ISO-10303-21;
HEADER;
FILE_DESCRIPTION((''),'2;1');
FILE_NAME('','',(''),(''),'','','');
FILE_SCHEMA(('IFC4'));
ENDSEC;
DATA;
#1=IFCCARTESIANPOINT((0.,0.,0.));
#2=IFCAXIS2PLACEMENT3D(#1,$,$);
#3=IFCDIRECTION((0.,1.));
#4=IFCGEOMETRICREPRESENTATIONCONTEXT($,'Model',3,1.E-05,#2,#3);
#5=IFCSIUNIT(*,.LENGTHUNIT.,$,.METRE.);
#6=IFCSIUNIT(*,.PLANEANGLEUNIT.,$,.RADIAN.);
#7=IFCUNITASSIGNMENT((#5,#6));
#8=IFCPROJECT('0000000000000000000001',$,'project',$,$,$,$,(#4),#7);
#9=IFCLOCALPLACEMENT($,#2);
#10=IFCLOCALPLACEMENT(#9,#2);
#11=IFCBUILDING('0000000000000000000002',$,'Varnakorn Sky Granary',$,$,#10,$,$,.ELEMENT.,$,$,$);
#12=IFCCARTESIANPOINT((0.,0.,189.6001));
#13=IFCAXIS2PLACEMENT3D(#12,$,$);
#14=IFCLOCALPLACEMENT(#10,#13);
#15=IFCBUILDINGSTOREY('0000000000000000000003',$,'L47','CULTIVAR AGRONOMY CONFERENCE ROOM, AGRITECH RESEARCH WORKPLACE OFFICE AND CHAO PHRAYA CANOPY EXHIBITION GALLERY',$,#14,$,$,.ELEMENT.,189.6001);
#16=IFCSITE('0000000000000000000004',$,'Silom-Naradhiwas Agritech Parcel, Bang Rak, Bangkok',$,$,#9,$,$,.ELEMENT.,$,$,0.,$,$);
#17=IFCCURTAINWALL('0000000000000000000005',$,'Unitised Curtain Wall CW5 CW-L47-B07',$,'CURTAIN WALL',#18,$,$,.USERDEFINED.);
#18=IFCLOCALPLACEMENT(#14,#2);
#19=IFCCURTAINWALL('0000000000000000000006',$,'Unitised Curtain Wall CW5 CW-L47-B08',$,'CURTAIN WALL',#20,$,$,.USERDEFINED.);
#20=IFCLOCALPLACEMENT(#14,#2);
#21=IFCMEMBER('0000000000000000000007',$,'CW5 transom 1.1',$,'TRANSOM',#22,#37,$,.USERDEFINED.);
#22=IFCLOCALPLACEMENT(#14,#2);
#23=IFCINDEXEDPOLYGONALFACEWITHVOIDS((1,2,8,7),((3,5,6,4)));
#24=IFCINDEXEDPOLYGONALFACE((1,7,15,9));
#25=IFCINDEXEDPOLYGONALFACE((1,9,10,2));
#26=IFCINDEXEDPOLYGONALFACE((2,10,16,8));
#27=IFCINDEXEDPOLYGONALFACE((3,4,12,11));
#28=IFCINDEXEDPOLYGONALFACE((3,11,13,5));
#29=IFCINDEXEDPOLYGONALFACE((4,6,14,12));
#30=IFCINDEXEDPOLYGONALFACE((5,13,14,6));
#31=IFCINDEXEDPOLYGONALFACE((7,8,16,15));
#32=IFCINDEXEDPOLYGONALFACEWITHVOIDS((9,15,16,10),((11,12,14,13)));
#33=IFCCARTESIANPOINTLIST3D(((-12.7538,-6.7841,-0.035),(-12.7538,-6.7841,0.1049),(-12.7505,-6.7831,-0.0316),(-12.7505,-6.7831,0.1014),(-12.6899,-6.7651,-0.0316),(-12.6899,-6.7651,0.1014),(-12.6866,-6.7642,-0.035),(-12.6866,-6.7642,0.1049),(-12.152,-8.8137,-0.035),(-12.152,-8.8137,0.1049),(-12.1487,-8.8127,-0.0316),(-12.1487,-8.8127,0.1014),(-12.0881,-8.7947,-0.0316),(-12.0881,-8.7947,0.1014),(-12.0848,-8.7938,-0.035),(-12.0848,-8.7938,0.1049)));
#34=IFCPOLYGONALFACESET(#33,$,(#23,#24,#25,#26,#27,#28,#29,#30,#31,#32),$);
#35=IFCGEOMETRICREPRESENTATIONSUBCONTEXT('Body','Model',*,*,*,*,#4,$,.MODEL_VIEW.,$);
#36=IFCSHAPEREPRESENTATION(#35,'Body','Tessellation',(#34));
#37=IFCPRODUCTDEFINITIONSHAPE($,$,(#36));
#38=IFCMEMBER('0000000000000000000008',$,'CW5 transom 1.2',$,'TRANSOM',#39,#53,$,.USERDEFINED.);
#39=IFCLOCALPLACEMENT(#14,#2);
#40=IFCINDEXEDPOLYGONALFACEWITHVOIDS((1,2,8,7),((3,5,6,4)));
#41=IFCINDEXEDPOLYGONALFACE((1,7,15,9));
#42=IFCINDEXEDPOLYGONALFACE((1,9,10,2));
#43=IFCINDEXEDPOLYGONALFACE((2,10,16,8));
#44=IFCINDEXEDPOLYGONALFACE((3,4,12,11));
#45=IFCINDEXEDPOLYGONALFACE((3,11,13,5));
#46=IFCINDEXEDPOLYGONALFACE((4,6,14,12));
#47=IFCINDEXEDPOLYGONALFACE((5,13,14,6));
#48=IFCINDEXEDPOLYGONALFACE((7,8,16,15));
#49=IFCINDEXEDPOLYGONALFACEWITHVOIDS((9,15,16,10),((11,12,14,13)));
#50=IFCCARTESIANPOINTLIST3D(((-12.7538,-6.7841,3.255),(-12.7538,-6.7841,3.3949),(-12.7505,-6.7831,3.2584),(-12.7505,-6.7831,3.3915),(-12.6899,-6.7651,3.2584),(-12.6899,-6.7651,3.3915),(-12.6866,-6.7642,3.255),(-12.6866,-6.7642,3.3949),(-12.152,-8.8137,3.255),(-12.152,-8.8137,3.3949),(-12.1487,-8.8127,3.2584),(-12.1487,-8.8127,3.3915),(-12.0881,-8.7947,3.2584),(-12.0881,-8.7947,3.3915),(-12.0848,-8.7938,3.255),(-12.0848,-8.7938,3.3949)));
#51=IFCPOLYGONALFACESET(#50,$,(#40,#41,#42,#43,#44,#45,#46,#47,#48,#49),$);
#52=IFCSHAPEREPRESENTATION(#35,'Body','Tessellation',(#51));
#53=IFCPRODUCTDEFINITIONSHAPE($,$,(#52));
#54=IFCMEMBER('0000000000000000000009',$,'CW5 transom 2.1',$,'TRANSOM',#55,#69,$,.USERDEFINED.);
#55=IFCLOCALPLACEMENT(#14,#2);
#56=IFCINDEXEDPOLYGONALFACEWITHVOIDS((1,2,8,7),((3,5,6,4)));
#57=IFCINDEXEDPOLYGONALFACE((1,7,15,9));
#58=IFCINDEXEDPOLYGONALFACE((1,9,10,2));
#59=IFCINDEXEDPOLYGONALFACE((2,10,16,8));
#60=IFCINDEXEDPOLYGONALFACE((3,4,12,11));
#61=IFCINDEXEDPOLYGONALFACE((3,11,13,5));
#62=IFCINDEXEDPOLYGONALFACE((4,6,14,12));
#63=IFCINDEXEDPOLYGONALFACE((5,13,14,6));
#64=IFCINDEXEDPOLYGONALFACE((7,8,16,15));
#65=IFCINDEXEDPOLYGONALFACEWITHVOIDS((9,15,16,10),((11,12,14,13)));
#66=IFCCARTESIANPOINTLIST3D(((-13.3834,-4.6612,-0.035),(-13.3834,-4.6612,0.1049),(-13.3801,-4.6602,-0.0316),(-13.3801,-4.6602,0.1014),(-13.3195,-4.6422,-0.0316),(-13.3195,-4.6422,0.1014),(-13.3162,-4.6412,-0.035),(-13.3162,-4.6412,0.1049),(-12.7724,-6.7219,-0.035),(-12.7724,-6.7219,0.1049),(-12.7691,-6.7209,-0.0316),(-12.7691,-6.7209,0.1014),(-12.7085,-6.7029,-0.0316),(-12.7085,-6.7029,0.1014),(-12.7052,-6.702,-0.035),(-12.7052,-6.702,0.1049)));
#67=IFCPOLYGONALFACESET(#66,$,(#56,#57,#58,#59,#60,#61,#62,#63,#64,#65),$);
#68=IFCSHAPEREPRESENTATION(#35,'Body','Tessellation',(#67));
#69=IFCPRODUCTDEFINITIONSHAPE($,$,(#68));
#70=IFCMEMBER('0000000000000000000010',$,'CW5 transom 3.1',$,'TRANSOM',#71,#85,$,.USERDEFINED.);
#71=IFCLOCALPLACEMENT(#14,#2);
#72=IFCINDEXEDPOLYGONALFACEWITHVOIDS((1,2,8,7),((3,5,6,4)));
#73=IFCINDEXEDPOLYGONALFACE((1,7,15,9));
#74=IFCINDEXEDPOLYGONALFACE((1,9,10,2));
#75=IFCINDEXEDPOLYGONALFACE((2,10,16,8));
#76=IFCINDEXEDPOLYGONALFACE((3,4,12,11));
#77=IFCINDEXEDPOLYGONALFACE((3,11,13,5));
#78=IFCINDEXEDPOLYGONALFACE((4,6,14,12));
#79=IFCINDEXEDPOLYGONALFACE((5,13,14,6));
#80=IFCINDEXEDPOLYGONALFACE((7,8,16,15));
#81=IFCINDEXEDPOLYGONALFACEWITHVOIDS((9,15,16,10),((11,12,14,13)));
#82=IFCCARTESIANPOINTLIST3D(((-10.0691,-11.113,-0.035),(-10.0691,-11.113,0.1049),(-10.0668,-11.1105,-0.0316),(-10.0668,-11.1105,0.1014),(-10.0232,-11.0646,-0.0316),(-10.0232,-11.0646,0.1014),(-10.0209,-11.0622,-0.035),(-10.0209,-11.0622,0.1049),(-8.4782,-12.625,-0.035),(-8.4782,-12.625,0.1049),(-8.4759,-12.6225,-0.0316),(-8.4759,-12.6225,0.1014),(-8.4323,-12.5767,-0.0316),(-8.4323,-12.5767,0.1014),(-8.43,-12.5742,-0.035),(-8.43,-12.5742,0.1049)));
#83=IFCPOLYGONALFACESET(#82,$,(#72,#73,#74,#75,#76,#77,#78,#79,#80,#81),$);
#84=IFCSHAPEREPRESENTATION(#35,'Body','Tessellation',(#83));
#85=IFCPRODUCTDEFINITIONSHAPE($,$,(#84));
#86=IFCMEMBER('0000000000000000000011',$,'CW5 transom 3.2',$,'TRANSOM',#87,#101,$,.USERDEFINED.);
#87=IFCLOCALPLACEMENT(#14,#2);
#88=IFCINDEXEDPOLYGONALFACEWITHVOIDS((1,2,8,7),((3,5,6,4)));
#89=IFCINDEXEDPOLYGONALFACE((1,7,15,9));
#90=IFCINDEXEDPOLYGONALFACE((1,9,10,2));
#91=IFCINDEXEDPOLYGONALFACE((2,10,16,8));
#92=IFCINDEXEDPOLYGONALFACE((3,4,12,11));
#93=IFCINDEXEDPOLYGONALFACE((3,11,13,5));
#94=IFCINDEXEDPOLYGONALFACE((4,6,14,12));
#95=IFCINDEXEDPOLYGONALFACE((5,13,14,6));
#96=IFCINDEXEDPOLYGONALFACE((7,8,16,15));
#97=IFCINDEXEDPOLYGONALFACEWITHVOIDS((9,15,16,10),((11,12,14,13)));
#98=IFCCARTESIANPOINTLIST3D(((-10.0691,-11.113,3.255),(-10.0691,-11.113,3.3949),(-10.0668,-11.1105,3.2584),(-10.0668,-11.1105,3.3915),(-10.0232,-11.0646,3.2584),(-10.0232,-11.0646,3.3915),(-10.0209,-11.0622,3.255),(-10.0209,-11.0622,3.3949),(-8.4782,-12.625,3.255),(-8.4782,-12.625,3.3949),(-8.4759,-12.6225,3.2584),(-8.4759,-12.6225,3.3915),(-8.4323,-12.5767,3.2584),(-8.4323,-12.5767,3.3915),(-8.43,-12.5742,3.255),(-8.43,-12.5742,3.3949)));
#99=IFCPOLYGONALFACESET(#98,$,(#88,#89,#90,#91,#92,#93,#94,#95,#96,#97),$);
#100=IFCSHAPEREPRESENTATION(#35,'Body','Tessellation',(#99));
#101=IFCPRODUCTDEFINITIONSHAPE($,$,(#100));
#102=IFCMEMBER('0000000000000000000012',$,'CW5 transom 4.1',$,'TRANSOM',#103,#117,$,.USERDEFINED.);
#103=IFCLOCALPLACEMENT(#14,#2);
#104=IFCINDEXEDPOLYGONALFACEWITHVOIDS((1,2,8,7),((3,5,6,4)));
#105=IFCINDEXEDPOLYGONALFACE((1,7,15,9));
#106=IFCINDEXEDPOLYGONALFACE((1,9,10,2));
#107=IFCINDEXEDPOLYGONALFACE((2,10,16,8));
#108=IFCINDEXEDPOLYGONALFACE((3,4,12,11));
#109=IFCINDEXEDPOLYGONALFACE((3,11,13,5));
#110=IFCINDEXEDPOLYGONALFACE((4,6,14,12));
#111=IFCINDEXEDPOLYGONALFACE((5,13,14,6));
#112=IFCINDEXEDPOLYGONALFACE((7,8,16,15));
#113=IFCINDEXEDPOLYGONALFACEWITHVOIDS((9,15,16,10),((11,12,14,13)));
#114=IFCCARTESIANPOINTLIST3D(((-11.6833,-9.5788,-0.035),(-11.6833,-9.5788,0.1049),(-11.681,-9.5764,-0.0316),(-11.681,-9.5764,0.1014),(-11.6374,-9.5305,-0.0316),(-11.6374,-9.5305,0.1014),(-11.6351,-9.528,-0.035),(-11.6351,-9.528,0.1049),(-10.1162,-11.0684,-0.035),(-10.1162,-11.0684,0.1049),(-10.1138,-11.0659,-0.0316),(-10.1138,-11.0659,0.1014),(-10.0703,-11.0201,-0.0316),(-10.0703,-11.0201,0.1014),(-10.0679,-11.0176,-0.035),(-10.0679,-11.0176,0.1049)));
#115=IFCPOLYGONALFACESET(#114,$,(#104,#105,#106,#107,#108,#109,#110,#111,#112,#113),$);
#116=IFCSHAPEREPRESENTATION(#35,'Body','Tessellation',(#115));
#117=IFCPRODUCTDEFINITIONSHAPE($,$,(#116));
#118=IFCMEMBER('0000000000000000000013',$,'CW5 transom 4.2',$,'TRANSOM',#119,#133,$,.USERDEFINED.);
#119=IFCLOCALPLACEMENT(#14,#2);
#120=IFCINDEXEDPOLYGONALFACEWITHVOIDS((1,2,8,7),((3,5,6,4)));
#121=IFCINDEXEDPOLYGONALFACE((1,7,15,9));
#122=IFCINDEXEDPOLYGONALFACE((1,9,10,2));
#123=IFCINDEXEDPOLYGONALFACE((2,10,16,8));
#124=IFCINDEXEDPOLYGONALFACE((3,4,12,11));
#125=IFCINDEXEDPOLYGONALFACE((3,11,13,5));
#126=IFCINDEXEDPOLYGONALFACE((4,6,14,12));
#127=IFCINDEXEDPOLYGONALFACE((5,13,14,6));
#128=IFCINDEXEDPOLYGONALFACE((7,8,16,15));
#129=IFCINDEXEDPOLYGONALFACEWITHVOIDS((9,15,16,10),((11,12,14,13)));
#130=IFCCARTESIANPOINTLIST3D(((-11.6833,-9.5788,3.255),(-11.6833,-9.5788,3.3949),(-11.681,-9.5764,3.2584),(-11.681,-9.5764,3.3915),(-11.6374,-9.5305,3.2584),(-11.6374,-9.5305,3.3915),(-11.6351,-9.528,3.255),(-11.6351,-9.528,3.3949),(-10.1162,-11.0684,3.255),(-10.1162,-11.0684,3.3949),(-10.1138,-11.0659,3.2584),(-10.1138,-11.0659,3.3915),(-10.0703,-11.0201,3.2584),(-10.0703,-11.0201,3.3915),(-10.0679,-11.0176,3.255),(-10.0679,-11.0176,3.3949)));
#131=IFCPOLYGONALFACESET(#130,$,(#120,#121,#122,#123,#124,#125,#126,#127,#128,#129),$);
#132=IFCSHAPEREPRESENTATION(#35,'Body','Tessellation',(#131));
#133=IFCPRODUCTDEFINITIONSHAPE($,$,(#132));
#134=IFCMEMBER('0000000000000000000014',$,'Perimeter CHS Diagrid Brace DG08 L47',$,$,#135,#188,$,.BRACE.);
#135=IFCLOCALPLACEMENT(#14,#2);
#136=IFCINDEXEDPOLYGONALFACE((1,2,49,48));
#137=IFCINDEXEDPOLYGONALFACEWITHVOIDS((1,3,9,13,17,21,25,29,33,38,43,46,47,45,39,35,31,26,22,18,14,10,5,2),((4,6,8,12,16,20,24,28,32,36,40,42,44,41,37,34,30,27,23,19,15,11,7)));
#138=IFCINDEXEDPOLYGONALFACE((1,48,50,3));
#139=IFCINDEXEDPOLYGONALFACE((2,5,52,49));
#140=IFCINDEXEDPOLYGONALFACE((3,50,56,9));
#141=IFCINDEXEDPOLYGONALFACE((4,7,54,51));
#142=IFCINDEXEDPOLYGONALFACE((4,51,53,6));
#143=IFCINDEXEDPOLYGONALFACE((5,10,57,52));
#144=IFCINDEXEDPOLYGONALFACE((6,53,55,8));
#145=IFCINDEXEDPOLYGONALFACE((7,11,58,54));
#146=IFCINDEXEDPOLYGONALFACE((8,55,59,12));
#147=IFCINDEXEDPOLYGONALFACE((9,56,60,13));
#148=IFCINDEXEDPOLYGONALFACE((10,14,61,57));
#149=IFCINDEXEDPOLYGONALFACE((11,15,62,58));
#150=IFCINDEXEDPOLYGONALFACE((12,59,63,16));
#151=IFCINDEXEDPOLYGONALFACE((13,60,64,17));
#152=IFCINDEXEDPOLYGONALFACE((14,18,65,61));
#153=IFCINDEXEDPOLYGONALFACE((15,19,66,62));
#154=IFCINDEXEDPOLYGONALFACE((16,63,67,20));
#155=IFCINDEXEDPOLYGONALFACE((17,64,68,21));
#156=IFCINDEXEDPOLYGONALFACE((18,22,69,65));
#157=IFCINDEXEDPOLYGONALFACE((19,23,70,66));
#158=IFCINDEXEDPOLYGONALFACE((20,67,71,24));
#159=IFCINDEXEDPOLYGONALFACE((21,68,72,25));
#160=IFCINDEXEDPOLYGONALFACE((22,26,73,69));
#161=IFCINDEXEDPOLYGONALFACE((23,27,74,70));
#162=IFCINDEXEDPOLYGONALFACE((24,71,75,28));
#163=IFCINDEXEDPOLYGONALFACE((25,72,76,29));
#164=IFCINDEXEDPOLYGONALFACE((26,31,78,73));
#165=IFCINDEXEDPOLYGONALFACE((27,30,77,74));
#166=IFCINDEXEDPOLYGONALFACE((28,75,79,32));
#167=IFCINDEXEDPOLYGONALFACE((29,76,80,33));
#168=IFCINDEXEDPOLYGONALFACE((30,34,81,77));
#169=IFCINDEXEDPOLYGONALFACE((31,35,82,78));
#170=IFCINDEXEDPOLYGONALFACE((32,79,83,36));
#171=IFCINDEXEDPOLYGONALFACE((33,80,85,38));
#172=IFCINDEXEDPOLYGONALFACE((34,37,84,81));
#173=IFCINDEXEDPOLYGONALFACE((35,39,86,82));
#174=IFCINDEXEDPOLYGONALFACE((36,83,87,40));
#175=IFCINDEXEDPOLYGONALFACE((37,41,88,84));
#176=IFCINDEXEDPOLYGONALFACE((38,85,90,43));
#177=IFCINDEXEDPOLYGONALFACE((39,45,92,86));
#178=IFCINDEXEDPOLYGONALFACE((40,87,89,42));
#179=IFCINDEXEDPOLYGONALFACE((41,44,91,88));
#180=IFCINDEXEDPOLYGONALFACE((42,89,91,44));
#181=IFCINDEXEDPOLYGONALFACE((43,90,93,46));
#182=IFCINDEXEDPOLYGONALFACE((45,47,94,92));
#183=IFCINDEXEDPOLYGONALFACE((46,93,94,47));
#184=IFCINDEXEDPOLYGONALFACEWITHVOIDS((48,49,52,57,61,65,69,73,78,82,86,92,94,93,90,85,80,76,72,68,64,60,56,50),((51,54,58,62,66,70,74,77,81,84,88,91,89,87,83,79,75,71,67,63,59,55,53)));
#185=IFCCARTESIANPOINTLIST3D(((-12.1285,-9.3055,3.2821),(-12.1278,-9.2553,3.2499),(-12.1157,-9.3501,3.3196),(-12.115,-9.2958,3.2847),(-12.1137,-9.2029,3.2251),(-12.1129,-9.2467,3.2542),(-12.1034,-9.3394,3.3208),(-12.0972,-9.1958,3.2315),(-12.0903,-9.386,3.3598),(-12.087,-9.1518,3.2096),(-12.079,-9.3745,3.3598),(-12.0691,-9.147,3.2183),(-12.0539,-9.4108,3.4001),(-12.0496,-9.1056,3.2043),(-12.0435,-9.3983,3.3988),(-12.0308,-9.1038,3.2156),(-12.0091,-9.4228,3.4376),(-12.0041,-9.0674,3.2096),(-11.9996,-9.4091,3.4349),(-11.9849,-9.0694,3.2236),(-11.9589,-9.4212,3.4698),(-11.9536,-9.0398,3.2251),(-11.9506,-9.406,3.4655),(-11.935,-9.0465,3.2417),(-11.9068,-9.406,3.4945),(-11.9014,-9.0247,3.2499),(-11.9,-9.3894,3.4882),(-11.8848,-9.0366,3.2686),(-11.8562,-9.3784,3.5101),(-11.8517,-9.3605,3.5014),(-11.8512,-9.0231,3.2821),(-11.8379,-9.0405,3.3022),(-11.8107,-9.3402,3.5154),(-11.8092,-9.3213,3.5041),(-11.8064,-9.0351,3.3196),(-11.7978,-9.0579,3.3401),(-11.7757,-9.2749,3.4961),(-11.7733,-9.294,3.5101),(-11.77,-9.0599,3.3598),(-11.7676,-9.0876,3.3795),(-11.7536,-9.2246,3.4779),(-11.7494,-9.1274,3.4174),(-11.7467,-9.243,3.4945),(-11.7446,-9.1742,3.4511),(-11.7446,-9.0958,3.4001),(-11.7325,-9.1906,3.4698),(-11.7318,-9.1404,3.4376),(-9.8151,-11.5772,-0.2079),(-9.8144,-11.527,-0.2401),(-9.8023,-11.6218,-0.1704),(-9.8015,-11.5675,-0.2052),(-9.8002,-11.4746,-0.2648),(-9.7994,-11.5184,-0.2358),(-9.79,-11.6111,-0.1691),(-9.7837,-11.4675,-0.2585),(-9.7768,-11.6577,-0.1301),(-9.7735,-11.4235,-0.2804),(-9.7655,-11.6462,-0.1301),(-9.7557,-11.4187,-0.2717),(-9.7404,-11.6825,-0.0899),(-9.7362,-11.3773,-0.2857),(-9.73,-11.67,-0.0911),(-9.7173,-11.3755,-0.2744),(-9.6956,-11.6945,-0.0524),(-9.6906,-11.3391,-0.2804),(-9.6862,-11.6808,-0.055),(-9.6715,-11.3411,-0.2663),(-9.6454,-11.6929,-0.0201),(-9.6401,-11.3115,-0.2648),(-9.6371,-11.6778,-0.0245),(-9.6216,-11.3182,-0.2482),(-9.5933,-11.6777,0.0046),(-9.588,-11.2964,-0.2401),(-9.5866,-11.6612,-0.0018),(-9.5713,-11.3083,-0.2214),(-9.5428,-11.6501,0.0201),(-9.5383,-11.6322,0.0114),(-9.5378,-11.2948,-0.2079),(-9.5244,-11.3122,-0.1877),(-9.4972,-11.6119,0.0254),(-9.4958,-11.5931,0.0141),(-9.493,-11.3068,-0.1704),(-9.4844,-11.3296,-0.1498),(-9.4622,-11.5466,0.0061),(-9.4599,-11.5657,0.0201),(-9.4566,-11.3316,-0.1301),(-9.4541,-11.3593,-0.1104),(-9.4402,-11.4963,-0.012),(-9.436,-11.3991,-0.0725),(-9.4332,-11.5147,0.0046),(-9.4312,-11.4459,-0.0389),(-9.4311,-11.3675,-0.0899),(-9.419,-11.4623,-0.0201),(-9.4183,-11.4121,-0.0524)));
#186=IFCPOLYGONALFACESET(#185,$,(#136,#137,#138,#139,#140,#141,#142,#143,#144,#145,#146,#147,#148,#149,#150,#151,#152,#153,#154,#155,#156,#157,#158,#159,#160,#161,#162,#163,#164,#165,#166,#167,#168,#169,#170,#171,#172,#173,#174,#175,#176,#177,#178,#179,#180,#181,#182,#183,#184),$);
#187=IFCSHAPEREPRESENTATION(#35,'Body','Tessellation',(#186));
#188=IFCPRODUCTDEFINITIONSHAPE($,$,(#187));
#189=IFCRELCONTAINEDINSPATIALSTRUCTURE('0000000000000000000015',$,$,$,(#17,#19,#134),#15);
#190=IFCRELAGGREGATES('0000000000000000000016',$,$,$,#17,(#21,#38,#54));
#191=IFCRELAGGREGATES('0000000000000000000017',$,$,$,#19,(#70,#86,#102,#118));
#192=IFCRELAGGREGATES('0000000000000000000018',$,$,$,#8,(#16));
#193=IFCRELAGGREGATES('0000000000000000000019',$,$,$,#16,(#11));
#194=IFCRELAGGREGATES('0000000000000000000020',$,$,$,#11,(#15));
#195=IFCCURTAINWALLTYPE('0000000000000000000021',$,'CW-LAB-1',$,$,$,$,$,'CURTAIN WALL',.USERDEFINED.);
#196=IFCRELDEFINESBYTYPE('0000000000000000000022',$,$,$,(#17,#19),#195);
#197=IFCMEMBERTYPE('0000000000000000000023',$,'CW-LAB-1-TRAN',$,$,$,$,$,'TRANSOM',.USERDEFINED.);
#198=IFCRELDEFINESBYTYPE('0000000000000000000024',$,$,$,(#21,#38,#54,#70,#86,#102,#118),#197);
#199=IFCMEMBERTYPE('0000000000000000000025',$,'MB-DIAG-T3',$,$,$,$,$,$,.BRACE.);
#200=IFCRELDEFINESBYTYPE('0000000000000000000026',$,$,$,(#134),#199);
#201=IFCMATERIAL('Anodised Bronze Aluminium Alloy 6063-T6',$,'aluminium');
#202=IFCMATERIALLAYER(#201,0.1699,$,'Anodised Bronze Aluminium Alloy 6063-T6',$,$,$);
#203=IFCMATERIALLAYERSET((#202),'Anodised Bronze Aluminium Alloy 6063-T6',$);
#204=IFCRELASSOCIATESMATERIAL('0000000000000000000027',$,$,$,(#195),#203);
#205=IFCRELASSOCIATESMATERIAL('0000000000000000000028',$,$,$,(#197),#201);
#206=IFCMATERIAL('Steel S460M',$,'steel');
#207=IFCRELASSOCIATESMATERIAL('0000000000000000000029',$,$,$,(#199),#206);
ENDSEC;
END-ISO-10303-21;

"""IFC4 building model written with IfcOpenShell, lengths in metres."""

from ifc_helpers import new_model, si_unit, direction, frame, origin, origin_2d, place, context, subcontext, project, spatial, hollow_rectangle, hollow_circle, extrude, material, layer, layer_set, material_profile, profile_set, type_object, element, aggregate, save


model = new_model("IFC4")

# Units and contexts
model_context = context("Model", 3, precision=1e-05, world=origin(), true_north=direction((0.0, 1.0)))
body_context = subcontext(model_context, "Body", "Model", "MODEL_VIEW")
ifc_project = project(units=[si_unit("LENGTHUNIT", "METRE"), si_unit("PLANEANGLEUNIT", "RADIAN")], contexts=[model_context])

# Site, building, storey
site_placement = place(None, origin())
site = spatial("IfcSite", under=ifc_project, at=site_placement, Name="Silom-Naradhiwas Agritech Parcel, Bang Rak, Bangkok", CompositionType="ELEMENT", RefElevation=0.0)
building_placement = place(site_placement, origin())
building = spatial("IfcBuilding", under=site, at=building_placement, Name="Varnakorn Sky Granary", CompositionType="ELEMENT")
storey_placement = place(building_placement, frame((0.0, 0.0, 189.6001)))
storey = spatial("IfcBuildingStorey", under=building, at=storey_placement, Name="L47", Description="CULTIVAR AGRONOMY CONFERENCE ROOM, AGRITECH RESEARCH WORKPLACE OFFICE AND CHAO PHRAYA CANOPY EXHIBITION GALLERY", CompositionType="ELEMENT", Elevation=189.6001)

# Shared definitions
ifc_material_1 = material(Name="Steel S460M", Category="steel")

# Curtain walls
ifc_material_2 = material(Name="Anodised Bronze Aluminium Alloy 6063-T6", Category="aluminium")
ifc_layer_1 = layer(ifc_material_2, 0.1699, Name="Anodised Bronze Aluminium Alloy 6063-T6")
ifc_layer_set_1 = layer_set([ifc_layer_1], Name="Anodised Bronze Aluminium Alloy 6063-T6")
curtain_wall_type = type_object("IfcCurtainWallType", Name="CW-LAB-1", ElementType="CURTAIN WALL", PredefinedType="USERDEFINED", material=ifc_layer_set_1)
curtain_wall_1_placement = place(storey_placement, origin())
curtain_wall_1 = element("IfcCurtainWall", 1, at=curtain_wall_1_placement, inside=storey, type_object=curtain_wall_type, Name="Unitised Curtain Wall CW5 CW-L47-B07", ObjectType="CURTAIN WALL", PredefinedType="USERDEFINED")
curtain_wall_2_placement = place(storey_placement, origin())
curtain_wall_2 = element("IfcCurtainWall", 2, at=curtain_wall_2_placement, inside=storey, type_object=curtain_wall_type, Name="Unitised Curtain Wall CW5 CW-L47-B08", ObjectType="CURTAIN WALL", PredefinedType="USERDEFINED")

# Members
ifc_material_profile_1 = material_profile(ifc_material_2, hollow_rectangle(XDim=0.0701, YDim=0.1399, WallThickness=0.0034, at=origin_2d()), Name="ALU TRAN 70x140")
ifc_profile_set_1 = profile_set([ifc_material_profile_1], Name="Anodised Bronze Aluminium Alloy 6063-T6")
member_type_1 = type_object("IfcMemberType", Name="CW-LAB-1-TRAN", ElementType="TRANSOM", PredefinedType="USERDEFINED", material=ifc_profile_set_1)
member_1_placement = place(storey_placement, frame((-12.1184, -8.8037, 0.0349), z_axis=(-0.284289, 0.958739, 0.0), x_axis=(-0.958739, -0.284289, 0.0)))
member_1 = element("IfcMember", 3, at=member_1_placement, type_object=member_type_1, Name="CW5 transom 1.1", ObjectType="TRANSOM", PredefinedType="USERDEFINED", context=body_context, shape_type="SweptSolid", body=[
    extrude(hollow_rectangle(XDim=0.0701, YDim=0.1399, WallThickness=0.0034, at=origin_2d()), origin(), (0.0, 0.0, 1.0), 2.1169),
])
member_2_placement = place(storey_placement, frame((-12.1184, -8.8037, 3.325), z_axis=(-0.284289, 0.958739, 0.0), x_axis=(-0.958739, -0.284289, 0.0)))
member_2 = element("IfcMember", 4, at=member_2_placement, type_object=member_type_1, Name="CW5 transom 1.2", ObjectType="TRANSOM", PredefinedType="USERDEFINED", context=body_context, shape_type="SweptSolid", body=[
    extrude(hollow_rectangle(XDim=0.0701, YDim=0.1399, WallThickness=0.0034, at=origin_2d()), origin(), (0.0, 0.0, 1.0), 2.1169),
])
member_3_placement = place(storey_placement, frame((-12.7388, -6.7119, 0.0349), z_axis=(-0.284293, 0.958737, 0.0), x_axis=(-0.958737, -0.284293, 0.0)))
member_3 = element("IfcMember", 5, at=member_3_placement, type_object=member_type_1, Name="CW5 transom 2.1", ObjectType="TRANSOM", PredefinedType="USERDEFINED", context=body_context, shape_type="SweptSolid", body=[
    extrude(hollow_rectangle(XDim=0.0701, YDim=0.1399, WallThickness=0.0034, at=origin_2d()), origin(), (0.0, 0.0, 1.0), 2.1494),
])
member_4_placement = place(storey_placement, frame((-8.4541, -12.5996, 0.0349), z_axis=(-0.724844, 0.688913, 0.0), x_axis=(-0.688913, -0.724844, 0.0)))
member_4 = element("IfcMember", 6, at=member_4_placement, type_object=member_type_1, Name="CW5 transom 3.1", ObjectType="TRANSOM", PredefinedType="USERDEFINED", context=body_context, shape_type="SweptSolid", body=[
    extrude(hollow_rectangle(XDim=0.0701, YDim=0.1399, WallThickness=0.0034, at=origin_2d()), origin(), (0.0, 0.0, 1.0), 2.1948),
])
member_5_placement = place(storey_placement, frame((-8.4541, -12.5996, 3.325), z_axis=(-0.724844, 0.688913, 0.0), x_axis=(-0.688913, -0.724844, 0.0)))
member_5 = element("IfcMember", 7, at=member_5_placement, type_object=member_type_1, Name="CW5 transom 3.2", ObjectType="TRANSOM", PredefinedType="USERDEFINED", context=body_context, shape_type="SweptSolid", body=[
    extrude(hollow_rectangle(XDim=0.0701, YDim=0.1399, WallThickness=0.0034, at=origin_2d()), origin(), (0.0, 0.0, 1.0), 2.1948),
])
member_6_placement = place(storey_placement, frame((-10.092, -11.043, 0.0349), z_axis=(-0.724833, 0.688925, 0.0), x_axis=(-0.688925, -0.724833, 0.0)))
member_6 = element("IfcMember", 8, at=member_6_placement, type_object=member_type_1, Name="CW5 transom 4.1", ObjectType="TRANSOM", PredefinedType="USERDEFINED", context=body_context, shape_type="SweptSolid", body=[
    extrude(hollow_rectangle(XDim=0.0701, YDim=0.1399, WallThickness=0.0034, at=origin_2d()), origin(), (0.0, 0.0, 1.0), 2.1621),
])
member_7_placement = place(storey_placement, frame((-10.092, -11.043, 3.325), z_axis=(-0.724833, 0.688925, 0.0), x_axis=(-0.688925, -0.724833, 0.0)))
member_7 = element("IfcMember", 9, at=member_7_placement, type_object=member_type_1, Name="CW5 transom 4.2", ObjectType="TRANSOM", PredefinedType="USERDEFINED", context=body_context, shape_type="SweptSolid", body=[
    extrude(hollow_rectangle(XDim=0.0701, YDim=0.1399, WallThickness=0.0034, at=origin_2d()), origin(), (0.0, 0.0, 1.0), 2.1621),
])
ifc_material_profile_2 = material_profile(ifc_material_1, hollow_circle(Radius=0.2285, WallThickness=0.0161, at=origin_2d()), Name="CHS 457x16")
ifc_profile_set_2 = profile_set([ifc_material_profile_2], Name="Steel S460M")
member_type_2 = type_object("IfcMemberType", Name="MB-DIAG-T3", PredefinedType="BRACE", material=ifc_profile_set_2)
member_8_placement = place(storey_placement, frame((-9.6167, -11.4946, -0.1301), z_axis=(-0.485646, 0.476882, 0.73262), x_axis=(-0.70064, -0.713515, 0.0)))
element("IfcMember", 10, at=member_8_placement, inside=storey, type_object=member_type_2, Name="Perimeter CHS Diagrid Brace DG08 L47", PredefinedType="BRACE", context=body_context, shape_type="SweptSolid", body=[
    extrude(hollow_circle(Radius=0.2285, WallThickness=0.0161, at=origin_2d()), origin(), (0.0, 0.0, 1.0), 4.7637),
])

aggregate(curtain_wall_1, [member_1, member_2, member_3])
aggregate(curtain_wall_2, [member_4, member_5, member_6, member_7])

save(model, "model.ifc")
